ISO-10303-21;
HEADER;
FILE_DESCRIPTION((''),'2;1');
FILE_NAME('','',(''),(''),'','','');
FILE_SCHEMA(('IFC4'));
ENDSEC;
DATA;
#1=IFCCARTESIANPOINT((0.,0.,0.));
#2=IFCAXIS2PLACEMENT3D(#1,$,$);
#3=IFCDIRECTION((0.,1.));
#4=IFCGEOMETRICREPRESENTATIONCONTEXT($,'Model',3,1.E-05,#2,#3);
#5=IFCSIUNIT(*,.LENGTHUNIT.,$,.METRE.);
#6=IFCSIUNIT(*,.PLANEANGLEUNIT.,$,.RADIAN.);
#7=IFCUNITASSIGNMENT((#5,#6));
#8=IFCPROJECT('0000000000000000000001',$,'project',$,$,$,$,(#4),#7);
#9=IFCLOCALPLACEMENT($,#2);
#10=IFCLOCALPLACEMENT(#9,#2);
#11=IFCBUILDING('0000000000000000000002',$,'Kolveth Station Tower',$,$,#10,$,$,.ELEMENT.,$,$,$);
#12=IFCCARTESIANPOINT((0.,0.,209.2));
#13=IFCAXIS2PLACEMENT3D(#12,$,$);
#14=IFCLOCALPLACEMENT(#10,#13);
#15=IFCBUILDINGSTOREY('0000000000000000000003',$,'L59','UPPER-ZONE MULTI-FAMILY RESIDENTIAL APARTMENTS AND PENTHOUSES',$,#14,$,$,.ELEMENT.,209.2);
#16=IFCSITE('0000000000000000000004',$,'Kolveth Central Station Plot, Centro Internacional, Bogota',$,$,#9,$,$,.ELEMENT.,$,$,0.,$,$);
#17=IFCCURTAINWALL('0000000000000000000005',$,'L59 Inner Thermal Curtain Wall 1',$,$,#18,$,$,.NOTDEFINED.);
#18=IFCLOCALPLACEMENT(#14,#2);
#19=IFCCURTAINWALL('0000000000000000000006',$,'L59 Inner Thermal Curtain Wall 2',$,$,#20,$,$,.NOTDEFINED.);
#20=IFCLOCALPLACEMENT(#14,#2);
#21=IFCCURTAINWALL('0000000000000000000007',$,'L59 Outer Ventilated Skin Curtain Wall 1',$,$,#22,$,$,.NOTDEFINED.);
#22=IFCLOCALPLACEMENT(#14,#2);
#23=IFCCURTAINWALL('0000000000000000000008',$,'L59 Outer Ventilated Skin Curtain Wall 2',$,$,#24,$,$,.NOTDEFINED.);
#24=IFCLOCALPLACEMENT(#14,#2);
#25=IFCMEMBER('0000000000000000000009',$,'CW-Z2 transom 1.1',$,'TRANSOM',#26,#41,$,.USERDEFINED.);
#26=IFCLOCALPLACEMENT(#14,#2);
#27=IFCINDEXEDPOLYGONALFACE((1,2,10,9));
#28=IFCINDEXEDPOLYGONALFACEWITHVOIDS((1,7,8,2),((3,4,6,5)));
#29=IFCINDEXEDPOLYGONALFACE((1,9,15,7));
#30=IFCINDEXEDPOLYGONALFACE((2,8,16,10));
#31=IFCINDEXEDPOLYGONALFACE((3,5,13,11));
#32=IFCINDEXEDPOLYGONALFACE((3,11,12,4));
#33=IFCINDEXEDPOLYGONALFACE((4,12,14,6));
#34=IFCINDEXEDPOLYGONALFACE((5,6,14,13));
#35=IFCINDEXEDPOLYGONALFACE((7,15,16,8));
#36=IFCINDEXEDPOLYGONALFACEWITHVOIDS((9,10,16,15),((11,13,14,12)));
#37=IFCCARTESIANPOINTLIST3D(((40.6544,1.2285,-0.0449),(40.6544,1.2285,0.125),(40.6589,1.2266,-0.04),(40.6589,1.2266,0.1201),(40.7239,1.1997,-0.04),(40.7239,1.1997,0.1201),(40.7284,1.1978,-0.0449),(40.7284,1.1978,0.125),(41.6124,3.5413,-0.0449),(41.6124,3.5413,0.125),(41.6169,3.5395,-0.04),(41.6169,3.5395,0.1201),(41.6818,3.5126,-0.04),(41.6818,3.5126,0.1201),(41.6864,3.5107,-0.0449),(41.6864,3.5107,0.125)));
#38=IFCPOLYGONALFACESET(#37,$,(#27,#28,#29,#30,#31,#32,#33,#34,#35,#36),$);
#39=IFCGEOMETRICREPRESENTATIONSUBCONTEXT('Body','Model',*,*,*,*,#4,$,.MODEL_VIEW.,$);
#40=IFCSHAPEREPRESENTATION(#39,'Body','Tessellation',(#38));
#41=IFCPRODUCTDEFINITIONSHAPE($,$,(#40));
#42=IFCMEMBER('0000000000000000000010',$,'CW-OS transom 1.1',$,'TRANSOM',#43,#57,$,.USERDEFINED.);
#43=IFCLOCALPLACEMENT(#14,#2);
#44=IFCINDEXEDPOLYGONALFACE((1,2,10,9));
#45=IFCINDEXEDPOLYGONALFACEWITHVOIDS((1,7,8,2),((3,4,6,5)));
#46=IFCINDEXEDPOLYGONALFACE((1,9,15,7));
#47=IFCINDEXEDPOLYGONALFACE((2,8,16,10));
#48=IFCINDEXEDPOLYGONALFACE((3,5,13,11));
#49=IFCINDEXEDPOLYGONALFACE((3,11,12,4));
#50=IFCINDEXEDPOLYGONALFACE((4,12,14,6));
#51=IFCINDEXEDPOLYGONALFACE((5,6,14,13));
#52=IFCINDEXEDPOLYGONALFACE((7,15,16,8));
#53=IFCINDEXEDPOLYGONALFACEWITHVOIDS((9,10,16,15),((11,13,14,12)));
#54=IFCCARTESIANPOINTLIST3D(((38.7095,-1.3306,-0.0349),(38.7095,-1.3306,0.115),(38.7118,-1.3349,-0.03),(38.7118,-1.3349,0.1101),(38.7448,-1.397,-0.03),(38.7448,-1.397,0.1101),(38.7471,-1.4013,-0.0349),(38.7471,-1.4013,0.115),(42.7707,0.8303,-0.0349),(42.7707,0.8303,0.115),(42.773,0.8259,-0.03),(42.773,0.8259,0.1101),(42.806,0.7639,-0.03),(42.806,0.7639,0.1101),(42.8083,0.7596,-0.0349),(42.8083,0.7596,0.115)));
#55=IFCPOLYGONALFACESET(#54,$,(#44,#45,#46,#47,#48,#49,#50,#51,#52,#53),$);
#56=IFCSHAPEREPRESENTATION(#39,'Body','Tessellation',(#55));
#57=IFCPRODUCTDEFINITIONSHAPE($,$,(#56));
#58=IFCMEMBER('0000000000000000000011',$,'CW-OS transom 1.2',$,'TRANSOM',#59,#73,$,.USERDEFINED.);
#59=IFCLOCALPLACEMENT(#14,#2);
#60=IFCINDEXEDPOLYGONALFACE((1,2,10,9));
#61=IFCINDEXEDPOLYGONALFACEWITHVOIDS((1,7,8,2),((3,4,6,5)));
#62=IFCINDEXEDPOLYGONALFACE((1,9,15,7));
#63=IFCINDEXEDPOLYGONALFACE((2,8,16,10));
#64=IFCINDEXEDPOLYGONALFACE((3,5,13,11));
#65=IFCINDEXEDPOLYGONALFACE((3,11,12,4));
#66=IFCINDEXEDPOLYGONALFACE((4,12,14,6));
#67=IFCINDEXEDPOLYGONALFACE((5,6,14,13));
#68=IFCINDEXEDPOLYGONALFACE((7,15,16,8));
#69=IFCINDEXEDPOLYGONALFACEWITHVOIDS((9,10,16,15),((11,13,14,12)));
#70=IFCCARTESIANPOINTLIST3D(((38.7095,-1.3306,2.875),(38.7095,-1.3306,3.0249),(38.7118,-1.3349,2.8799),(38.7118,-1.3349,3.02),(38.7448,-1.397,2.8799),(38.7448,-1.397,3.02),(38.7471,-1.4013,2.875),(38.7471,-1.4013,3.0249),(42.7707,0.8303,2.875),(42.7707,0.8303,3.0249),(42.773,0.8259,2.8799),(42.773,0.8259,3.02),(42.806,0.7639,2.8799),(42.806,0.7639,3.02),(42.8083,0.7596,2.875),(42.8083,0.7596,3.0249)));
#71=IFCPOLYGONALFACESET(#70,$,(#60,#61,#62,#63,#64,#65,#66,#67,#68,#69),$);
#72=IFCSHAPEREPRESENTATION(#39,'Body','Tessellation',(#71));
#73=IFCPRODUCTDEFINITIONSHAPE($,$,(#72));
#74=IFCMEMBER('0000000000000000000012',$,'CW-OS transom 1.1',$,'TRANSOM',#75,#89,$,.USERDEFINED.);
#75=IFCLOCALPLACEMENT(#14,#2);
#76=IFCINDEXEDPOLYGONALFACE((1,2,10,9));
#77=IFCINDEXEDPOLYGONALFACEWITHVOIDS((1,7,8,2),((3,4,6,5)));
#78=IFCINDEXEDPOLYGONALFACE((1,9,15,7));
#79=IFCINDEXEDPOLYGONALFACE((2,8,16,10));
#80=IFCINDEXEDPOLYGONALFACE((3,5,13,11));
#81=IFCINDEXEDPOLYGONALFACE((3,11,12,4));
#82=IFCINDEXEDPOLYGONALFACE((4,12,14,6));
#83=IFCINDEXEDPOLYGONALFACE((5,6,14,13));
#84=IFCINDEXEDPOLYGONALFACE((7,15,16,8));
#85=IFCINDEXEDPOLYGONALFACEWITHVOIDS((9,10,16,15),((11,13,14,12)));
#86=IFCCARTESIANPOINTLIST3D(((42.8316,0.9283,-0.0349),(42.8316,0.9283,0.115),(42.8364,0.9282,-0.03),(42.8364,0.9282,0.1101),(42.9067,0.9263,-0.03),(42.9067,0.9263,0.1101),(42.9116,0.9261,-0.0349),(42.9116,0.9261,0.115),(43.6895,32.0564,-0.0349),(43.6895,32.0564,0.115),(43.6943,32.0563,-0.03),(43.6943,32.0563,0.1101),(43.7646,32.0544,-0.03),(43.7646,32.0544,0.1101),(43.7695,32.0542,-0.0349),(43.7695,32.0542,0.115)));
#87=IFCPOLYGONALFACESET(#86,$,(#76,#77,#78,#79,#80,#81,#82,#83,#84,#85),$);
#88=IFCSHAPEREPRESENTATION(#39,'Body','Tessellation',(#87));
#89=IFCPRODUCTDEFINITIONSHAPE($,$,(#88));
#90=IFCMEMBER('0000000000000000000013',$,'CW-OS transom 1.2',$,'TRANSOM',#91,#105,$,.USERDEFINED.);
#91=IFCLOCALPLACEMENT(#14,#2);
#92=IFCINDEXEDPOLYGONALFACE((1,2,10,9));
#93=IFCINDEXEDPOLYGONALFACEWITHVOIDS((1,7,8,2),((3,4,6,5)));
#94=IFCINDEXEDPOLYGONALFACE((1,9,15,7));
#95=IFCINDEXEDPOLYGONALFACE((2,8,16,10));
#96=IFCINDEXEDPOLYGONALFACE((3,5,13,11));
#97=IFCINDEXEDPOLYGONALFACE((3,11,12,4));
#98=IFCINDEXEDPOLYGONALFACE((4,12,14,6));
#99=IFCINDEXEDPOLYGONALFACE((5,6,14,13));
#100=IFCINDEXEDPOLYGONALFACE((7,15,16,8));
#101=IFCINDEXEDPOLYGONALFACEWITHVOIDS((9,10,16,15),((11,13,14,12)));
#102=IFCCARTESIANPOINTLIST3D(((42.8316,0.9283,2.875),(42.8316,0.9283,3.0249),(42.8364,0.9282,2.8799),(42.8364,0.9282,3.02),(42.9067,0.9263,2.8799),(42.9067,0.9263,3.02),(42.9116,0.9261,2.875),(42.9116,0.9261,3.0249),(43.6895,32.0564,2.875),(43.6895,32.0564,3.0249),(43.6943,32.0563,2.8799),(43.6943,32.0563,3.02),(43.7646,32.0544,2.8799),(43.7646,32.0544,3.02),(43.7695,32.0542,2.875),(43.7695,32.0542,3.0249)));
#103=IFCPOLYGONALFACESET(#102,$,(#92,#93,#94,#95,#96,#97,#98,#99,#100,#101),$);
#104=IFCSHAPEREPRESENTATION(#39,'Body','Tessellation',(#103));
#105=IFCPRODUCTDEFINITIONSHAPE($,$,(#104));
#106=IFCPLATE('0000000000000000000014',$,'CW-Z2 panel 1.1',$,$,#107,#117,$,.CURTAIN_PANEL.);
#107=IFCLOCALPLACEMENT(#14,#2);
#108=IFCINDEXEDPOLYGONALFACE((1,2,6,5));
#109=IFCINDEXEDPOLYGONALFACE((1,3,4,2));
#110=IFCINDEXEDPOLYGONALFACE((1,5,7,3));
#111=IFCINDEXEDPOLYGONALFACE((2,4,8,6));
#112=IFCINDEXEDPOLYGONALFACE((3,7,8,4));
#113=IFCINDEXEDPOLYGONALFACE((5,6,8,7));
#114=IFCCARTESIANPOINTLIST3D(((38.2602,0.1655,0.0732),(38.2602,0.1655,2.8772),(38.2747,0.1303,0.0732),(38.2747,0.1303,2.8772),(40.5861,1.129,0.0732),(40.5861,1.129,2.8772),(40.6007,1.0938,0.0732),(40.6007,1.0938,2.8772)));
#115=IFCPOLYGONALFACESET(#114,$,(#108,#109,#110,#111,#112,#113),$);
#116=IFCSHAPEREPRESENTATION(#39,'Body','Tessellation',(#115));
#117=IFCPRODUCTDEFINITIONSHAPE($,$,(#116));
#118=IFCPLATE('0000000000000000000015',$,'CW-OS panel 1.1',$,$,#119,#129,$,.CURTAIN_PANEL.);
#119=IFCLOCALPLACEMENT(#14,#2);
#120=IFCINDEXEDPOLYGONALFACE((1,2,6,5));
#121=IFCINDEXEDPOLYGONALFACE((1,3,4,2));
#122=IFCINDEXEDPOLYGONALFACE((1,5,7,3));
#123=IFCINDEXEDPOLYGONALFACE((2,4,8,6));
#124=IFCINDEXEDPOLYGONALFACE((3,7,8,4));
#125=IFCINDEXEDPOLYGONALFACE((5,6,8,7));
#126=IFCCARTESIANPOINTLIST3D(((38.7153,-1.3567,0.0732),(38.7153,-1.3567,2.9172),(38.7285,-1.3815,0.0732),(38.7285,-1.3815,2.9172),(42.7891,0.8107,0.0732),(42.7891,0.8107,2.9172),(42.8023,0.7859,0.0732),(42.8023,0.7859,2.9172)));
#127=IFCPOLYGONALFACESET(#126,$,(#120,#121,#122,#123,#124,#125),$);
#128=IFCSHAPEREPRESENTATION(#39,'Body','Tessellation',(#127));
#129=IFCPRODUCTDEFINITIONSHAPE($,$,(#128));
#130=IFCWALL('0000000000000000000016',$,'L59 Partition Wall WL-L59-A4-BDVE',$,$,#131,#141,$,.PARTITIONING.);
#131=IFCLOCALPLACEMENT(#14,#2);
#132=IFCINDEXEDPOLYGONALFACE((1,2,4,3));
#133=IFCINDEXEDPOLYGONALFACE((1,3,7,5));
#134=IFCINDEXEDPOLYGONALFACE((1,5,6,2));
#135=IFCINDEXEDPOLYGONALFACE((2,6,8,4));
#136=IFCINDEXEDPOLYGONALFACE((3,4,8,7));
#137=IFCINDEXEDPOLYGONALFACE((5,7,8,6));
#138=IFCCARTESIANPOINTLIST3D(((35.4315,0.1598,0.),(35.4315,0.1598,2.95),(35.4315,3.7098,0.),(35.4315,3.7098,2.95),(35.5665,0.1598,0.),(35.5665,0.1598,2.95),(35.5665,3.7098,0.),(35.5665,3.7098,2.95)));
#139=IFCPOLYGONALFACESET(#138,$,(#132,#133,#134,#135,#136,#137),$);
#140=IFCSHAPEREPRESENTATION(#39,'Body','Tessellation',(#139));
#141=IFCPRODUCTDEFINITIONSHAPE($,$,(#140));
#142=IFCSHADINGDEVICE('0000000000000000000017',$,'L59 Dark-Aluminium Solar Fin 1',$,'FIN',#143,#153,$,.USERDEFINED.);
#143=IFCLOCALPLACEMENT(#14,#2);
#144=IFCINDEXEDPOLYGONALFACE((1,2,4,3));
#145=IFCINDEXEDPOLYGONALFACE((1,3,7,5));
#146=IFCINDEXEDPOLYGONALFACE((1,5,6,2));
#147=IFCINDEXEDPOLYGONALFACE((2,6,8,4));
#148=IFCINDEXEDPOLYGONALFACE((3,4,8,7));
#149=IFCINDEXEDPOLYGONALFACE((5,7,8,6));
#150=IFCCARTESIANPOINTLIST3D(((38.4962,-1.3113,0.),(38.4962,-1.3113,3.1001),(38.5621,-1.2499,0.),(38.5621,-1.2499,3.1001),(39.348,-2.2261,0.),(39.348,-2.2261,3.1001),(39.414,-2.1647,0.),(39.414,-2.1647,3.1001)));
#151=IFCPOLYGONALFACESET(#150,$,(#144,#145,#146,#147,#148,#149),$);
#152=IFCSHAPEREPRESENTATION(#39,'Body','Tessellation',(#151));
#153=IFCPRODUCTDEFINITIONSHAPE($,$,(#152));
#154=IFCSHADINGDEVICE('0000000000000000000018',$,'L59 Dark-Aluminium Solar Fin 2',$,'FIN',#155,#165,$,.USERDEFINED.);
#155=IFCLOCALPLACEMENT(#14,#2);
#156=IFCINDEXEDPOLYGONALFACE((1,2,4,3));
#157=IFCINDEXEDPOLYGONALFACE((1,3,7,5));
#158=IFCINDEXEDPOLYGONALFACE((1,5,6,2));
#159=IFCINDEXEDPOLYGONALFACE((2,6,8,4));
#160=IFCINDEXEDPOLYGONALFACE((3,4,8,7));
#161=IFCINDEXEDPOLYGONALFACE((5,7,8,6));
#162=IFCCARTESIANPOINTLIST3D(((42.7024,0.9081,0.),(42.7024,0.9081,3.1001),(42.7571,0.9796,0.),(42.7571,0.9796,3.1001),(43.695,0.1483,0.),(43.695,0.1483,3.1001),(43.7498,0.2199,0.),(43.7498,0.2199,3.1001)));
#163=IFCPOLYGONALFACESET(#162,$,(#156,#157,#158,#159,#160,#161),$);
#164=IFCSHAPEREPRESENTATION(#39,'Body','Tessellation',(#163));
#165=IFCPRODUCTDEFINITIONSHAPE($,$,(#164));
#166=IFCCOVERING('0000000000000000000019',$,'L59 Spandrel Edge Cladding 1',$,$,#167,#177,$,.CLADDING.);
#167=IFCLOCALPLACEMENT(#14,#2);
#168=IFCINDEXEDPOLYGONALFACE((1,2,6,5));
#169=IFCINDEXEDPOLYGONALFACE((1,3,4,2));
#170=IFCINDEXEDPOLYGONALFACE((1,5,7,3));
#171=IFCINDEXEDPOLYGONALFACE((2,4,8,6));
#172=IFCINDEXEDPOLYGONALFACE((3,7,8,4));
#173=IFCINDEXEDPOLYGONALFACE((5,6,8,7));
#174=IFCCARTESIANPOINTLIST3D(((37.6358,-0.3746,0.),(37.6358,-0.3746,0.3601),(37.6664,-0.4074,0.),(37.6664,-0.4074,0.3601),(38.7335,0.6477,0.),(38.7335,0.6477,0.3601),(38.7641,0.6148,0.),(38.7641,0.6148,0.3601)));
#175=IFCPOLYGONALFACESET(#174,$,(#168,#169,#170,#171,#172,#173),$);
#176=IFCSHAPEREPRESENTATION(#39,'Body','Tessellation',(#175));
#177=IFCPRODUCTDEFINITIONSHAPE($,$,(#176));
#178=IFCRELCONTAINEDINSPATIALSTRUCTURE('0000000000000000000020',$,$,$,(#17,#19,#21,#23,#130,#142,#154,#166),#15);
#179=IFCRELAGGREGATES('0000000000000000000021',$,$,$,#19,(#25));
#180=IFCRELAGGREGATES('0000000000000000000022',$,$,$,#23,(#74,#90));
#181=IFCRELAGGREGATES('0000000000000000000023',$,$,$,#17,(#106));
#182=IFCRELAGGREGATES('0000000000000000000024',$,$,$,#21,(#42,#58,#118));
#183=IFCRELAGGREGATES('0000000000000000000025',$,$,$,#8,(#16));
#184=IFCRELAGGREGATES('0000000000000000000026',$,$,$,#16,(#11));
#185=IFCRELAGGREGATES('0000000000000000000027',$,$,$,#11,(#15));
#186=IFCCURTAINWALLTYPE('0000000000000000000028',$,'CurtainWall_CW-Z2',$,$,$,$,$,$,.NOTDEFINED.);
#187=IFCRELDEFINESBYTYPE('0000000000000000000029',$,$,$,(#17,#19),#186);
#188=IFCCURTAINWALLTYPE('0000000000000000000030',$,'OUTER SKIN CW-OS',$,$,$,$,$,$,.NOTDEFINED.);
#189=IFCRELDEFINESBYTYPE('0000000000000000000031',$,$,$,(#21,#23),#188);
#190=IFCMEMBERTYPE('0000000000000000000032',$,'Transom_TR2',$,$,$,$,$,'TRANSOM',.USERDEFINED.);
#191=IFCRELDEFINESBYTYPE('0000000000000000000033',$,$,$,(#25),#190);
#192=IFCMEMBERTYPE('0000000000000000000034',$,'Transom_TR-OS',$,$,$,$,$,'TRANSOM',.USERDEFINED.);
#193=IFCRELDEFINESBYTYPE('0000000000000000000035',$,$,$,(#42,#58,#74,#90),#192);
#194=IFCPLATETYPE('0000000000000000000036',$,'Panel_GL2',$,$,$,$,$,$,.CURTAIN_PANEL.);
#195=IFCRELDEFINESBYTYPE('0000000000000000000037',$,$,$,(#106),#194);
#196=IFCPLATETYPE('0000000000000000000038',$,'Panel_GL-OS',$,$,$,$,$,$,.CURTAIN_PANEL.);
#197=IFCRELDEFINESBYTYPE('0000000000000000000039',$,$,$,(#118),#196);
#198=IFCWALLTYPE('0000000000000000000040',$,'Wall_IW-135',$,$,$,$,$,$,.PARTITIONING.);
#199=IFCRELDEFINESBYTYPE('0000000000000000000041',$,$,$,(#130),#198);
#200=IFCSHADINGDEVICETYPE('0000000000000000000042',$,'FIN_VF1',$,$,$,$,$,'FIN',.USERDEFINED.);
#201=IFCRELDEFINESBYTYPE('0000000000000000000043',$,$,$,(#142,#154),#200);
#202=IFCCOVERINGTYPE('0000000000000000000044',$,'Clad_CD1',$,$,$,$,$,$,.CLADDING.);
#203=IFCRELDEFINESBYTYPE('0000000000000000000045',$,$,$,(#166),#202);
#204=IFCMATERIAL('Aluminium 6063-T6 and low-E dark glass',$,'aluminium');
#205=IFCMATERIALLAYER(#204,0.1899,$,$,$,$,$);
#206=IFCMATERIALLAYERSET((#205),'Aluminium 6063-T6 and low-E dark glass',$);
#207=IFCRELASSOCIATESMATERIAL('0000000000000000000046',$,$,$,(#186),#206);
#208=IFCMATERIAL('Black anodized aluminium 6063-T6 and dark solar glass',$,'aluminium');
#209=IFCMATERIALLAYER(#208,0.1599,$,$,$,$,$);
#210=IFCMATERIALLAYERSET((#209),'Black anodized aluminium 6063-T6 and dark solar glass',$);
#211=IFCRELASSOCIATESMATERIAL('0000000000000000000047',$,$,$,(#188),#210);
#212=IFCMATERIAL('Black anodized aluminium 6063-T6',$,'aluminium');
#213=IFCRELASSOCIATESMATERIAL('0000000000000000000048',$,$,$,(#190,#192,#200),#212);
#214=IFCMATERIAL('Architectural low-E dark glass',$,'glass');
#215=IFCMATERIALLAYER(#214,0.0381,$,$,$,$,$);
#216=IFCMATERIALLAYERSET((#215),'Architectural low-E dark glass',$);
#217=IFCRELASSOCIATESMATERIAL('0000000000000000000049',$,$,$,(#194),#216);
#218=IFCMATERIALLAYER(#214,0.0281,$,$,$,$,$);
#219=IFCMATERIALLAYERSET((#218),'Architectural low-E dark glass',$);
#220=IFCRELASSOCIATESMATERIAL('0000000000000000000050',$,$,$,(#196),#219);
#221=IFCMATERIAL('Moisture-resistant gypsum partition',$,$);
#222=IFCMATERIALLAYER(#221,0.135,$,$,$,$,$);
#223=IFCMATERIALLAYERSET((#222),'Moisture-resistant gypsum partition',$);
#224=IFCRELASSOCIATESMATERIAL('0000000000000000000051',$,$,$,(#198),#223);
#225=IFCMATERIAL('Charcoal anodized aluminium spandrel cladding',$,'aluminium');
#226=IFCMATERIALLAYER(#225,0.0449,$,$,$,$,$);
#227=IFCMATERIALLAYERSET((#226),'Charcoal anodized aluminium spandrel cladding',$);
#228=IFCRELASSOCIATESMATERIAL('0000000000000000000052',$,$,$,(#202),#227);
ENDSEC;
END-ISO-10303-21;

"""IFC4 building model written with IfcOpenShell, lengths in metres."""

from ifc_helpers import new_model, si_unit, direction, frame, frame_2d, origin, origin_2d, place, context, subcontext, project, spatial, rectangle, hollow_rectangle, extrude, source, transform, mapped, material, layer, layer_set, material_profile, profile_set, type_object, element, aggregate, save


model = new_model("IFC4")

# Units and contexts
model_context = context("Model", 3, precision=1e-05, world=origin(), true_north=direction((0.0, 1.0)))
body_context = subcontext(model_context, "Body", "Model", "MODEL_VIEW")
ifc_project = project(units=[si_unit("LENGTHUNIT", "METRE"), si_unit("PLANEANGLEUNIT", "RADIAN")], contexts=[model_context])

# Site, building, storey
site_placement = place(None, origin())
site = spatial("IfcSite", under=ifc_project, at=site_placement, Name="Kolveth Central Station Plot, Centro Internacional, Bogota", CompositionType="ELEMENT", RefElevation=0.0)
building_placement = place(site_placement, origin())
building = spatial("IfcBuilding", under=site, at=building_placement, Name="Kolveth Station Tower", CompositionType="ELEMENT")
storey_placement = place(building_placement, frame((0.0, 0.0, 209.2)))
storey = spatial("IfcBuildingStorey", under=building, at=storey_placement, Name="L59", Description="UPPER-ZONE MULTI-FAMILY RESIDENTIAL APARTMENTS AND PENTHOUSES", CompositionType="ELEMENT", Elevation=209.2)

# Curtain wall
ifc_material_1 = material(Name="Aluminium 6063-T6 and low-E dark glass", Category="aluminium")
ifc_layer_1 = layer(ifc_material_1, 0.1899)
ifc_layer_set_1 = layer_set([ifc_layer_1], Name="Aluminium 6063-T6 and low-E dark glass")
curtain_wall_type_1 = type_object("IfcCurtainWallType", Name="CurtainWall_CW-Z2", PredefinedType="NOTDEFINED", material=ifc_layer_set_1)
curtain_wall_1_placement = place(storey_placement, origin())
curtain_wall_1 = element("IfcCurtainWall", 1, at=curtain_wall_1_placement, inside=storey, type_object=curtain_wall_type_1, Name="L59 Inner Thermal Curtain Wall 1", PredefinedType="NOTDEFINED")
ifc_material_2 = material(Name="Black anodized aluminium 6063-T6", Category="aluminium")

# Curtain wall
curtain_wall_2_placement = place(storey_placement, origin())
curtain_wall_2 = element("IfcCurtainWall", 2, at=curtain_wall_2_placement, inside=storey, type_object=curtain_wall_type_1, Name="L59 Inner Thermal Curtain Wall 2", PredefinedType="NOTDEFINED")

# Curtain wall
ifc_material_3 = material(Name="Black anodized aluminium 6063-T6 and dark solar glass", Category="aluminium")
ifc_layer_2 = layer(ifc_material_3, 0.1599)
ifc_layer_set_2 = layer_set([ifc_layer_2], Name="Black anodized aluminium 6063-T6 and dark solar glass")
curtain_wall_type_2 = type_object("IfcCurtainWallType", Name="OUTER SKIN CW-OS", PredefinedType="NOTDEFINED", material=ifc_layer_set_2)
curtain_wall_3_placement = place(storey_placement, origin())
curtain_wall_3 = element("IfcCurtainWall", 3, at=curtain_wall_3_placement, inside=storey, type_object=curtain_wall_type_2, Name="L59 Outer Ventilated Skin Curtain Wall 1", PredefinedType="NOTDEFINED")

# Curtain wall
curtain_wall_4_placement = place(storey_placement, origin())
curtain_wall_4 = element("IfcCurtainWall", 4, at=curtain_wall_4_placement, inside=storey, type_object=curtain_wall_type_2, Name="L59 Outer Ventilated Skin Curtain Wall 2", PredefinedType="NOTDEFINED")

# Members
ifc_material_profile_1 = material_profile(ifc_material_2, hollow_rectangle(XDim=0.0801, YDim=0.1699, WallThickness=0.0049, at=origin_2d()), Name="ALU-80x170x5")
ifc_profile_set_1 = profile_set([ifc_material_profile_1], Name="Black anodized aluminium 6063-T6")
member_type_1 = type_object("IfcMemberType", Name="Transom_TR2", ElementType="TRANSOM", PredefinedType="USERDEFINED", material=ifc_profile_set_1)
shared_shape_1 = source(origin(), body_context, "Body", "SweptSolid", [
    extrude(hollow_rectangle(XDim=0.0801, YDim=0.1699, WallThickness=0.0049, at=origin_2d()), origin(), (0.0, 0.0, 1.0), 2.5034),
])
member_1_placement = place(storey_placement, frame((40.6914, 1.2131, 0.04), z_axis=(0.382662, 0.923888, 0.0), x_axis=(-0.923888, 0.382662, 0.0)))
member_1 = element("IfcMember", 5, at=member_1_placement, type_object=member_type_1, Name="CW-Z2 transom 1.1", ObjectType="TRANSOM", PredefinedType="USERDEFINED", context=body_context, shape_type="MappedRepresentation", body=[
    mapped(shared_shape_1, transform((0.0, 0.0, 0.0), x_axis=(1.0, 0.0, 0.0), y_axis=(0.0, 1.0, 0.0), z_axis=(0.0, 0.0, 1.0), scale=1.0)),
])
aggregate(curtain_wall_2, [member_1])
ifc_material_profile_2 = material_profile(ifc_material_2, hollow_rectangle(XDim=0.0801, YDim=0.1499, WallThickness=0.0049, at=origin_2d()), Name="ALU-80x150x5")
ifc_profile_set_2 = profile_set([ifc_material_profile_2], Name="Black anodized aluminium 6063-T6")
member_type_2 = type_object("IfcMemberType", Name="Transom_TR-OS", ElementType="TRANSOM", PredefinedType="USERDEFINED", material=ifc_profile_set_2)
shared_shape_2 = source(origin(), body_context, "Body", "SweptSolid", [
    extrude(hollow_rectangle(XDim=0.0801, YDim=0.1499, WallThickness=0.0049, at=origin_2d()), origin(), (0.0, 0.0, 1.0), 4.6003),
])
member_2_placement = place(storey_placement, frame((38.7283, -1.366, 0.04), z_axis=(0.882815, 0.46972, 0.0), x_axis=(-0.46972, 0.882815, 0.0)))
member_2 = element("IfcMember", 6, at=member_2_placement, type_object=member_type_2, Name="CW-OS transom 1.1", ObjectType="TRANSOM", PredefinedType="USERDEFINED", context=body_context, shape_type="MappedRepresentation", body=[
    mapped(shared_shape_2, transform((0.0, 0.0, 0.0), x_axis=(1.0, 0.0, 0.0), y_axis=(0.0, 1.0, 0.0), z_axis=(0.0, 0.0, 1.0), scale=1.0)),
])
member_3_placement = place(storey_placement, frame((38.7283, -1.366, 2.95), z_axis=(0.882815, 0.46972, 0.0), x_axis=(-0.46972, 0.882815, 0.0)))
member_3 = element("IfcMember", 7, at=member_3_placement, type_object=member_type_2, Name="CW-OS transom 1.2", ObjectType="TRANSOM", PredefinedType="USERDEFINED", context=body_context, shape_type="MappedRepresentation", body=[
    mapped(shared_shape_2, transform((0.0, 0.0, 0.0), x_axis=(1.0, 0.0, 0.0), y_axis=(0.0, 1.0, 0.0), z_axis=(0.0, 0.0, 1.0), scale=1.0)),
])
shared_shape_3 = source(origin(), body_context, "Body", "SweptSolid", [
    extrude(hollow_rectangle(XDim=0.0801, YDim=0.1499, WallThickness=0.0049, at=origin_2d()), origin(), (0.0, 0.0, 1.0), 31.1399),
])
member_4_placement = place(storey_placement, frame((42.8716, 0.9272, 0.04), z_axis=(0.02755, 0.99962, 0.0), x_axis=(-0.99962, 0.02755, 0.0)))
member_4 = element("IfcMember", 8, at=member_4_placement, type_object=member_type_2, Name="CW-OS transom 1.1", ObjectType="TRANSOM", PredefinedType="USERDEFINED", context=body_context, shape_type="MappedRepresentation", body=[
    mapped(shared_shape_3, transform((0.0, 0.0, 0.0), x_axis=(1.0, 0.0, 0.0), y_axis=(0.0, 1.0, 0.0), z_axis=(0.0, 0.0, 1.0), scale=1.0)),
])
member_5_placement = place(storey_placement, frame((42.8716, 0.9272, 2.95), z_axis=(0.02755, 0.99962, 0.0), x_axis=(-0.99962, 0.02755, 0.0)))
member_5 = element("IfcMember", 9, at=member_5_placement, type_object=member_type_2, Name="CW-OS transom 1.2", ObjectType="TRANSOM", PredefinedType="USERDEFINED", context=body_context, shape_type="MappedRepresentation", body=[
    mapped(shared_shape_3, transform((0.0, 0.0, 0.0), x_axis=(1.0, 0.0, 0.0), y_axis=(0.0, 1.0, 0.0), z_axis=(0.0, 0.0, 1.0), scale=1.0)),
])
aggregate(curtain_wall_4, [member_4, member_5])

# Plates
ifc_material_4 = material(Name="Architectural low-E dark glass", Category="glass")
ifc_layer_3 = layer(ifc_material_4, 0.0381)
ifc_layer_set_3 = layer_set([ifc_layer_3], Name="Architectural low-E dark glass")
plate_type_1 = type_object("IfcPlateType", Name="Panel_GL2", PredefinedType="CURTAIN_PANEL", material=ifc_layer_set_3)
shared_shape_4 = source(origin(), body_context, "Body", "SweptSolid", [
    extrude(rectangle(XDim=2.5176, YDim=0.0381, at=origin_2d()), origin(), (0.0, 0.0, 1.0), 2.804),
])
plate_1_placement = place(storey_placement, frame((39.4304, 0.6296, 0.0732), z_axis=(0.0, 0.0, 1.0), x_axis=(0.923874, 0.382698, 0.0)))
plate_1 = element("IfcPlate", 10, at=plate_1_placement, type_object=plate_type_1, Name="CW-Z2 panel 1.1", PredefinedType="CURTAIN_PANEL", context=body_context, shape_type="MappedRepresentation", body=[
    mapped(shared_shape_4, transform((0.0, 0.0, 0.0), x_axis=(1.0, 0.0, 0.0), y_axis=(0.0, 1.0, 0.0), z_axis=(0.0, 0.0, 1.0), scale=1.0)),
])
aggregate(curtain_wall_1, [plate_1])
ifc_layer_4 = layer(ifc_material_4, 0.0281)
ifc_layer_set_4 = layer_set([ifc_layer_4], Name="Architectural low-E dark glass")
plate_type_2 = type_object("IfcPlateType", Name="Panel_GL-OS", PredefinedType="CURTAIN_PANEL", material=ifc_layer_set_4)
shared_shape_5 = source(origin(), body_context, "Body", "SweptSolid", [
    extrude(rectangle(XDim=4.6145, YDim=0.0281, at=origin_2d()), origin(), (0.0, 0.0, 1.0), 2.844),
])
plate_2_placement = place(storey_placement, frame((40.7588, -0.2854, 0.0732), z_axis=(0.0, 0.0, 1.0), x_axis=(0.882824, 0.469704, 0.0)))
plate_2 = element("IfcPlate", 11, at=plate_2_placement, type_object=plate_type_2, Name="CW-OS panel 1.1", PredefinedType="CURTAIN_PANEL", context=body_context, shape_type="MappedRepresentation", body=[
    mapped(shared_shape_5, transform((0.0, 0.0, 0.0), x_axis=(1.0, 0.0, 0.0), y_axis=(0.0, 1.0, 0.0), z_axis=(0.0, 0.0, 1.0), scale=1.0)),
])
aggregate(curtain_wall_3, [member_2, member_3, plate_2])

# Wall
ifc_material_5 = material(Name="Moisture-resistant gypsum partition")
ifc_layer_5 = layer(ifc_material_5, 0.135)
ifc_layer_set_5 = layer_set([ifc_layer_5], Name="Moisture-resistant gypsum partition")
wall_type = type_object("IfcWallType", Name="Wall_IW-135", PredefinedType="PARTITIONING", material=ifc_layer_set_5)
wall_placement = place(storey_placement, frame((35.499, 0.1599, 0.0), z_axis=(0.0, 0.0, 1.0), x_axis=(0.0, 1.0, 0.0)))
element("IfcWall", 12, at=wall_placement, inside=storey, type_object=wall_type, Name="L59 Partition Wall WL-L59-A4-BDVE", PredefinedType="PARTITIONING", context=body_context, shape_type="SweptSolid", body=[
    extrude(rectangle(XDim=3.55, YDim=0.135, at=frame_2d((1.7749, 0.0))), origin(), (0.0, 0.0, 1.0), 2.95),
])

# Shading devices
shading_device_type = type_object("IfcShadingDeviceType", Name="FIN_VF1", ElementType="FIN", PredefinedType="USERDEFINED", material=ifc_material_2)
shared_shape_6 = source(origin(), body_context, "Body", "SweptSolid", [
    extrude(rectangle(XDim=1.25, YDim=0.0901, at=origin_2d()), origin(), (0.0, 0.0, 1.0), 3.1001),
])
for number, where, z_axis, x_axis, name in (
    (13, (38.9551, -1.738, 0.0), (0.0, 0.0, 1.0), (0.681488, -0.73183, 0.0), "L59 Dark-Aluminium Solar Fin 1"),
    (14, (43.2261, 0.564, 0.0), (0.0, 0.0, 1.0), (0.794096, -0.607792, 0.0), "L59 Dark-Aluminium Solar Fin 2"),
):
    element("IfcShadingDevice", number, at=place(storey_placement, frame(where, z_axis=z_axis, x_axis=x_axis)), inside=storey, type_object=shading_device_type, Name=name, ObjectType="FIN", PredefinedType="USERDEFINED", context=body_context, shape_type="MappedRepresentation", body=[
        mapped(shared_shape_6, transform((0.0, 0.0, 0.0), x_axis=(1.0, 0.0, 0.0), y_axis=(0.0, 1.0, 0.0), z_axis=(0.0, 0.0, 1.0), scale=1.0)),
    ])

# Covering
ifc_material_6 = material(Name="Charcoal anodized aluminium spandrel cladding", Category="aluminium")
ifc_layer_6 = layer(ifc_material_6, 0.0449)
ifc_layer_set_6 = layer_set([ifc_layer_6], Name="Charcoal anodized aluminium spandrel cladding")
covering_type = type_object("IfcCoveringType", Name="Clad_CD1", PredefinedType="CLADDING", material=ifc_layer_set_6)
shared_shape_7 = source(origin(), body_context, "Body", "SweptSolid", [
    extrude(rectangle(XDim=1.5, YDim=0.0449, at=origin_2d()), origin(), (0.0, 0.0, 1.0), 0.3601),
])
covering_placement = place(storey_placement, frame((38.2, 0.1201, 0.0), z_axis=(0.0, 0.0, 1.0), x_axis=(0.73183, 0.681488, 0.0)))
element("IfcCovering", 15, at=covering_placement, inside=storey, type_object=covering_type, Name="L59 Spandrel Edge Cladding 1", PredefinedType="CLADDING", context=body_context, shape_type="MappedRepresentation", body=[
    mapped(shared_shape_7, transform((0.0, 0.0, 0.0), x_axis=(1.0, 0.0, 0.0), y_axis=(0.0, 1.0, 0.0), z_axis=(0.0, 0.0, 1.0), scale=1.0)),
])

save(model, "model.ifc")
